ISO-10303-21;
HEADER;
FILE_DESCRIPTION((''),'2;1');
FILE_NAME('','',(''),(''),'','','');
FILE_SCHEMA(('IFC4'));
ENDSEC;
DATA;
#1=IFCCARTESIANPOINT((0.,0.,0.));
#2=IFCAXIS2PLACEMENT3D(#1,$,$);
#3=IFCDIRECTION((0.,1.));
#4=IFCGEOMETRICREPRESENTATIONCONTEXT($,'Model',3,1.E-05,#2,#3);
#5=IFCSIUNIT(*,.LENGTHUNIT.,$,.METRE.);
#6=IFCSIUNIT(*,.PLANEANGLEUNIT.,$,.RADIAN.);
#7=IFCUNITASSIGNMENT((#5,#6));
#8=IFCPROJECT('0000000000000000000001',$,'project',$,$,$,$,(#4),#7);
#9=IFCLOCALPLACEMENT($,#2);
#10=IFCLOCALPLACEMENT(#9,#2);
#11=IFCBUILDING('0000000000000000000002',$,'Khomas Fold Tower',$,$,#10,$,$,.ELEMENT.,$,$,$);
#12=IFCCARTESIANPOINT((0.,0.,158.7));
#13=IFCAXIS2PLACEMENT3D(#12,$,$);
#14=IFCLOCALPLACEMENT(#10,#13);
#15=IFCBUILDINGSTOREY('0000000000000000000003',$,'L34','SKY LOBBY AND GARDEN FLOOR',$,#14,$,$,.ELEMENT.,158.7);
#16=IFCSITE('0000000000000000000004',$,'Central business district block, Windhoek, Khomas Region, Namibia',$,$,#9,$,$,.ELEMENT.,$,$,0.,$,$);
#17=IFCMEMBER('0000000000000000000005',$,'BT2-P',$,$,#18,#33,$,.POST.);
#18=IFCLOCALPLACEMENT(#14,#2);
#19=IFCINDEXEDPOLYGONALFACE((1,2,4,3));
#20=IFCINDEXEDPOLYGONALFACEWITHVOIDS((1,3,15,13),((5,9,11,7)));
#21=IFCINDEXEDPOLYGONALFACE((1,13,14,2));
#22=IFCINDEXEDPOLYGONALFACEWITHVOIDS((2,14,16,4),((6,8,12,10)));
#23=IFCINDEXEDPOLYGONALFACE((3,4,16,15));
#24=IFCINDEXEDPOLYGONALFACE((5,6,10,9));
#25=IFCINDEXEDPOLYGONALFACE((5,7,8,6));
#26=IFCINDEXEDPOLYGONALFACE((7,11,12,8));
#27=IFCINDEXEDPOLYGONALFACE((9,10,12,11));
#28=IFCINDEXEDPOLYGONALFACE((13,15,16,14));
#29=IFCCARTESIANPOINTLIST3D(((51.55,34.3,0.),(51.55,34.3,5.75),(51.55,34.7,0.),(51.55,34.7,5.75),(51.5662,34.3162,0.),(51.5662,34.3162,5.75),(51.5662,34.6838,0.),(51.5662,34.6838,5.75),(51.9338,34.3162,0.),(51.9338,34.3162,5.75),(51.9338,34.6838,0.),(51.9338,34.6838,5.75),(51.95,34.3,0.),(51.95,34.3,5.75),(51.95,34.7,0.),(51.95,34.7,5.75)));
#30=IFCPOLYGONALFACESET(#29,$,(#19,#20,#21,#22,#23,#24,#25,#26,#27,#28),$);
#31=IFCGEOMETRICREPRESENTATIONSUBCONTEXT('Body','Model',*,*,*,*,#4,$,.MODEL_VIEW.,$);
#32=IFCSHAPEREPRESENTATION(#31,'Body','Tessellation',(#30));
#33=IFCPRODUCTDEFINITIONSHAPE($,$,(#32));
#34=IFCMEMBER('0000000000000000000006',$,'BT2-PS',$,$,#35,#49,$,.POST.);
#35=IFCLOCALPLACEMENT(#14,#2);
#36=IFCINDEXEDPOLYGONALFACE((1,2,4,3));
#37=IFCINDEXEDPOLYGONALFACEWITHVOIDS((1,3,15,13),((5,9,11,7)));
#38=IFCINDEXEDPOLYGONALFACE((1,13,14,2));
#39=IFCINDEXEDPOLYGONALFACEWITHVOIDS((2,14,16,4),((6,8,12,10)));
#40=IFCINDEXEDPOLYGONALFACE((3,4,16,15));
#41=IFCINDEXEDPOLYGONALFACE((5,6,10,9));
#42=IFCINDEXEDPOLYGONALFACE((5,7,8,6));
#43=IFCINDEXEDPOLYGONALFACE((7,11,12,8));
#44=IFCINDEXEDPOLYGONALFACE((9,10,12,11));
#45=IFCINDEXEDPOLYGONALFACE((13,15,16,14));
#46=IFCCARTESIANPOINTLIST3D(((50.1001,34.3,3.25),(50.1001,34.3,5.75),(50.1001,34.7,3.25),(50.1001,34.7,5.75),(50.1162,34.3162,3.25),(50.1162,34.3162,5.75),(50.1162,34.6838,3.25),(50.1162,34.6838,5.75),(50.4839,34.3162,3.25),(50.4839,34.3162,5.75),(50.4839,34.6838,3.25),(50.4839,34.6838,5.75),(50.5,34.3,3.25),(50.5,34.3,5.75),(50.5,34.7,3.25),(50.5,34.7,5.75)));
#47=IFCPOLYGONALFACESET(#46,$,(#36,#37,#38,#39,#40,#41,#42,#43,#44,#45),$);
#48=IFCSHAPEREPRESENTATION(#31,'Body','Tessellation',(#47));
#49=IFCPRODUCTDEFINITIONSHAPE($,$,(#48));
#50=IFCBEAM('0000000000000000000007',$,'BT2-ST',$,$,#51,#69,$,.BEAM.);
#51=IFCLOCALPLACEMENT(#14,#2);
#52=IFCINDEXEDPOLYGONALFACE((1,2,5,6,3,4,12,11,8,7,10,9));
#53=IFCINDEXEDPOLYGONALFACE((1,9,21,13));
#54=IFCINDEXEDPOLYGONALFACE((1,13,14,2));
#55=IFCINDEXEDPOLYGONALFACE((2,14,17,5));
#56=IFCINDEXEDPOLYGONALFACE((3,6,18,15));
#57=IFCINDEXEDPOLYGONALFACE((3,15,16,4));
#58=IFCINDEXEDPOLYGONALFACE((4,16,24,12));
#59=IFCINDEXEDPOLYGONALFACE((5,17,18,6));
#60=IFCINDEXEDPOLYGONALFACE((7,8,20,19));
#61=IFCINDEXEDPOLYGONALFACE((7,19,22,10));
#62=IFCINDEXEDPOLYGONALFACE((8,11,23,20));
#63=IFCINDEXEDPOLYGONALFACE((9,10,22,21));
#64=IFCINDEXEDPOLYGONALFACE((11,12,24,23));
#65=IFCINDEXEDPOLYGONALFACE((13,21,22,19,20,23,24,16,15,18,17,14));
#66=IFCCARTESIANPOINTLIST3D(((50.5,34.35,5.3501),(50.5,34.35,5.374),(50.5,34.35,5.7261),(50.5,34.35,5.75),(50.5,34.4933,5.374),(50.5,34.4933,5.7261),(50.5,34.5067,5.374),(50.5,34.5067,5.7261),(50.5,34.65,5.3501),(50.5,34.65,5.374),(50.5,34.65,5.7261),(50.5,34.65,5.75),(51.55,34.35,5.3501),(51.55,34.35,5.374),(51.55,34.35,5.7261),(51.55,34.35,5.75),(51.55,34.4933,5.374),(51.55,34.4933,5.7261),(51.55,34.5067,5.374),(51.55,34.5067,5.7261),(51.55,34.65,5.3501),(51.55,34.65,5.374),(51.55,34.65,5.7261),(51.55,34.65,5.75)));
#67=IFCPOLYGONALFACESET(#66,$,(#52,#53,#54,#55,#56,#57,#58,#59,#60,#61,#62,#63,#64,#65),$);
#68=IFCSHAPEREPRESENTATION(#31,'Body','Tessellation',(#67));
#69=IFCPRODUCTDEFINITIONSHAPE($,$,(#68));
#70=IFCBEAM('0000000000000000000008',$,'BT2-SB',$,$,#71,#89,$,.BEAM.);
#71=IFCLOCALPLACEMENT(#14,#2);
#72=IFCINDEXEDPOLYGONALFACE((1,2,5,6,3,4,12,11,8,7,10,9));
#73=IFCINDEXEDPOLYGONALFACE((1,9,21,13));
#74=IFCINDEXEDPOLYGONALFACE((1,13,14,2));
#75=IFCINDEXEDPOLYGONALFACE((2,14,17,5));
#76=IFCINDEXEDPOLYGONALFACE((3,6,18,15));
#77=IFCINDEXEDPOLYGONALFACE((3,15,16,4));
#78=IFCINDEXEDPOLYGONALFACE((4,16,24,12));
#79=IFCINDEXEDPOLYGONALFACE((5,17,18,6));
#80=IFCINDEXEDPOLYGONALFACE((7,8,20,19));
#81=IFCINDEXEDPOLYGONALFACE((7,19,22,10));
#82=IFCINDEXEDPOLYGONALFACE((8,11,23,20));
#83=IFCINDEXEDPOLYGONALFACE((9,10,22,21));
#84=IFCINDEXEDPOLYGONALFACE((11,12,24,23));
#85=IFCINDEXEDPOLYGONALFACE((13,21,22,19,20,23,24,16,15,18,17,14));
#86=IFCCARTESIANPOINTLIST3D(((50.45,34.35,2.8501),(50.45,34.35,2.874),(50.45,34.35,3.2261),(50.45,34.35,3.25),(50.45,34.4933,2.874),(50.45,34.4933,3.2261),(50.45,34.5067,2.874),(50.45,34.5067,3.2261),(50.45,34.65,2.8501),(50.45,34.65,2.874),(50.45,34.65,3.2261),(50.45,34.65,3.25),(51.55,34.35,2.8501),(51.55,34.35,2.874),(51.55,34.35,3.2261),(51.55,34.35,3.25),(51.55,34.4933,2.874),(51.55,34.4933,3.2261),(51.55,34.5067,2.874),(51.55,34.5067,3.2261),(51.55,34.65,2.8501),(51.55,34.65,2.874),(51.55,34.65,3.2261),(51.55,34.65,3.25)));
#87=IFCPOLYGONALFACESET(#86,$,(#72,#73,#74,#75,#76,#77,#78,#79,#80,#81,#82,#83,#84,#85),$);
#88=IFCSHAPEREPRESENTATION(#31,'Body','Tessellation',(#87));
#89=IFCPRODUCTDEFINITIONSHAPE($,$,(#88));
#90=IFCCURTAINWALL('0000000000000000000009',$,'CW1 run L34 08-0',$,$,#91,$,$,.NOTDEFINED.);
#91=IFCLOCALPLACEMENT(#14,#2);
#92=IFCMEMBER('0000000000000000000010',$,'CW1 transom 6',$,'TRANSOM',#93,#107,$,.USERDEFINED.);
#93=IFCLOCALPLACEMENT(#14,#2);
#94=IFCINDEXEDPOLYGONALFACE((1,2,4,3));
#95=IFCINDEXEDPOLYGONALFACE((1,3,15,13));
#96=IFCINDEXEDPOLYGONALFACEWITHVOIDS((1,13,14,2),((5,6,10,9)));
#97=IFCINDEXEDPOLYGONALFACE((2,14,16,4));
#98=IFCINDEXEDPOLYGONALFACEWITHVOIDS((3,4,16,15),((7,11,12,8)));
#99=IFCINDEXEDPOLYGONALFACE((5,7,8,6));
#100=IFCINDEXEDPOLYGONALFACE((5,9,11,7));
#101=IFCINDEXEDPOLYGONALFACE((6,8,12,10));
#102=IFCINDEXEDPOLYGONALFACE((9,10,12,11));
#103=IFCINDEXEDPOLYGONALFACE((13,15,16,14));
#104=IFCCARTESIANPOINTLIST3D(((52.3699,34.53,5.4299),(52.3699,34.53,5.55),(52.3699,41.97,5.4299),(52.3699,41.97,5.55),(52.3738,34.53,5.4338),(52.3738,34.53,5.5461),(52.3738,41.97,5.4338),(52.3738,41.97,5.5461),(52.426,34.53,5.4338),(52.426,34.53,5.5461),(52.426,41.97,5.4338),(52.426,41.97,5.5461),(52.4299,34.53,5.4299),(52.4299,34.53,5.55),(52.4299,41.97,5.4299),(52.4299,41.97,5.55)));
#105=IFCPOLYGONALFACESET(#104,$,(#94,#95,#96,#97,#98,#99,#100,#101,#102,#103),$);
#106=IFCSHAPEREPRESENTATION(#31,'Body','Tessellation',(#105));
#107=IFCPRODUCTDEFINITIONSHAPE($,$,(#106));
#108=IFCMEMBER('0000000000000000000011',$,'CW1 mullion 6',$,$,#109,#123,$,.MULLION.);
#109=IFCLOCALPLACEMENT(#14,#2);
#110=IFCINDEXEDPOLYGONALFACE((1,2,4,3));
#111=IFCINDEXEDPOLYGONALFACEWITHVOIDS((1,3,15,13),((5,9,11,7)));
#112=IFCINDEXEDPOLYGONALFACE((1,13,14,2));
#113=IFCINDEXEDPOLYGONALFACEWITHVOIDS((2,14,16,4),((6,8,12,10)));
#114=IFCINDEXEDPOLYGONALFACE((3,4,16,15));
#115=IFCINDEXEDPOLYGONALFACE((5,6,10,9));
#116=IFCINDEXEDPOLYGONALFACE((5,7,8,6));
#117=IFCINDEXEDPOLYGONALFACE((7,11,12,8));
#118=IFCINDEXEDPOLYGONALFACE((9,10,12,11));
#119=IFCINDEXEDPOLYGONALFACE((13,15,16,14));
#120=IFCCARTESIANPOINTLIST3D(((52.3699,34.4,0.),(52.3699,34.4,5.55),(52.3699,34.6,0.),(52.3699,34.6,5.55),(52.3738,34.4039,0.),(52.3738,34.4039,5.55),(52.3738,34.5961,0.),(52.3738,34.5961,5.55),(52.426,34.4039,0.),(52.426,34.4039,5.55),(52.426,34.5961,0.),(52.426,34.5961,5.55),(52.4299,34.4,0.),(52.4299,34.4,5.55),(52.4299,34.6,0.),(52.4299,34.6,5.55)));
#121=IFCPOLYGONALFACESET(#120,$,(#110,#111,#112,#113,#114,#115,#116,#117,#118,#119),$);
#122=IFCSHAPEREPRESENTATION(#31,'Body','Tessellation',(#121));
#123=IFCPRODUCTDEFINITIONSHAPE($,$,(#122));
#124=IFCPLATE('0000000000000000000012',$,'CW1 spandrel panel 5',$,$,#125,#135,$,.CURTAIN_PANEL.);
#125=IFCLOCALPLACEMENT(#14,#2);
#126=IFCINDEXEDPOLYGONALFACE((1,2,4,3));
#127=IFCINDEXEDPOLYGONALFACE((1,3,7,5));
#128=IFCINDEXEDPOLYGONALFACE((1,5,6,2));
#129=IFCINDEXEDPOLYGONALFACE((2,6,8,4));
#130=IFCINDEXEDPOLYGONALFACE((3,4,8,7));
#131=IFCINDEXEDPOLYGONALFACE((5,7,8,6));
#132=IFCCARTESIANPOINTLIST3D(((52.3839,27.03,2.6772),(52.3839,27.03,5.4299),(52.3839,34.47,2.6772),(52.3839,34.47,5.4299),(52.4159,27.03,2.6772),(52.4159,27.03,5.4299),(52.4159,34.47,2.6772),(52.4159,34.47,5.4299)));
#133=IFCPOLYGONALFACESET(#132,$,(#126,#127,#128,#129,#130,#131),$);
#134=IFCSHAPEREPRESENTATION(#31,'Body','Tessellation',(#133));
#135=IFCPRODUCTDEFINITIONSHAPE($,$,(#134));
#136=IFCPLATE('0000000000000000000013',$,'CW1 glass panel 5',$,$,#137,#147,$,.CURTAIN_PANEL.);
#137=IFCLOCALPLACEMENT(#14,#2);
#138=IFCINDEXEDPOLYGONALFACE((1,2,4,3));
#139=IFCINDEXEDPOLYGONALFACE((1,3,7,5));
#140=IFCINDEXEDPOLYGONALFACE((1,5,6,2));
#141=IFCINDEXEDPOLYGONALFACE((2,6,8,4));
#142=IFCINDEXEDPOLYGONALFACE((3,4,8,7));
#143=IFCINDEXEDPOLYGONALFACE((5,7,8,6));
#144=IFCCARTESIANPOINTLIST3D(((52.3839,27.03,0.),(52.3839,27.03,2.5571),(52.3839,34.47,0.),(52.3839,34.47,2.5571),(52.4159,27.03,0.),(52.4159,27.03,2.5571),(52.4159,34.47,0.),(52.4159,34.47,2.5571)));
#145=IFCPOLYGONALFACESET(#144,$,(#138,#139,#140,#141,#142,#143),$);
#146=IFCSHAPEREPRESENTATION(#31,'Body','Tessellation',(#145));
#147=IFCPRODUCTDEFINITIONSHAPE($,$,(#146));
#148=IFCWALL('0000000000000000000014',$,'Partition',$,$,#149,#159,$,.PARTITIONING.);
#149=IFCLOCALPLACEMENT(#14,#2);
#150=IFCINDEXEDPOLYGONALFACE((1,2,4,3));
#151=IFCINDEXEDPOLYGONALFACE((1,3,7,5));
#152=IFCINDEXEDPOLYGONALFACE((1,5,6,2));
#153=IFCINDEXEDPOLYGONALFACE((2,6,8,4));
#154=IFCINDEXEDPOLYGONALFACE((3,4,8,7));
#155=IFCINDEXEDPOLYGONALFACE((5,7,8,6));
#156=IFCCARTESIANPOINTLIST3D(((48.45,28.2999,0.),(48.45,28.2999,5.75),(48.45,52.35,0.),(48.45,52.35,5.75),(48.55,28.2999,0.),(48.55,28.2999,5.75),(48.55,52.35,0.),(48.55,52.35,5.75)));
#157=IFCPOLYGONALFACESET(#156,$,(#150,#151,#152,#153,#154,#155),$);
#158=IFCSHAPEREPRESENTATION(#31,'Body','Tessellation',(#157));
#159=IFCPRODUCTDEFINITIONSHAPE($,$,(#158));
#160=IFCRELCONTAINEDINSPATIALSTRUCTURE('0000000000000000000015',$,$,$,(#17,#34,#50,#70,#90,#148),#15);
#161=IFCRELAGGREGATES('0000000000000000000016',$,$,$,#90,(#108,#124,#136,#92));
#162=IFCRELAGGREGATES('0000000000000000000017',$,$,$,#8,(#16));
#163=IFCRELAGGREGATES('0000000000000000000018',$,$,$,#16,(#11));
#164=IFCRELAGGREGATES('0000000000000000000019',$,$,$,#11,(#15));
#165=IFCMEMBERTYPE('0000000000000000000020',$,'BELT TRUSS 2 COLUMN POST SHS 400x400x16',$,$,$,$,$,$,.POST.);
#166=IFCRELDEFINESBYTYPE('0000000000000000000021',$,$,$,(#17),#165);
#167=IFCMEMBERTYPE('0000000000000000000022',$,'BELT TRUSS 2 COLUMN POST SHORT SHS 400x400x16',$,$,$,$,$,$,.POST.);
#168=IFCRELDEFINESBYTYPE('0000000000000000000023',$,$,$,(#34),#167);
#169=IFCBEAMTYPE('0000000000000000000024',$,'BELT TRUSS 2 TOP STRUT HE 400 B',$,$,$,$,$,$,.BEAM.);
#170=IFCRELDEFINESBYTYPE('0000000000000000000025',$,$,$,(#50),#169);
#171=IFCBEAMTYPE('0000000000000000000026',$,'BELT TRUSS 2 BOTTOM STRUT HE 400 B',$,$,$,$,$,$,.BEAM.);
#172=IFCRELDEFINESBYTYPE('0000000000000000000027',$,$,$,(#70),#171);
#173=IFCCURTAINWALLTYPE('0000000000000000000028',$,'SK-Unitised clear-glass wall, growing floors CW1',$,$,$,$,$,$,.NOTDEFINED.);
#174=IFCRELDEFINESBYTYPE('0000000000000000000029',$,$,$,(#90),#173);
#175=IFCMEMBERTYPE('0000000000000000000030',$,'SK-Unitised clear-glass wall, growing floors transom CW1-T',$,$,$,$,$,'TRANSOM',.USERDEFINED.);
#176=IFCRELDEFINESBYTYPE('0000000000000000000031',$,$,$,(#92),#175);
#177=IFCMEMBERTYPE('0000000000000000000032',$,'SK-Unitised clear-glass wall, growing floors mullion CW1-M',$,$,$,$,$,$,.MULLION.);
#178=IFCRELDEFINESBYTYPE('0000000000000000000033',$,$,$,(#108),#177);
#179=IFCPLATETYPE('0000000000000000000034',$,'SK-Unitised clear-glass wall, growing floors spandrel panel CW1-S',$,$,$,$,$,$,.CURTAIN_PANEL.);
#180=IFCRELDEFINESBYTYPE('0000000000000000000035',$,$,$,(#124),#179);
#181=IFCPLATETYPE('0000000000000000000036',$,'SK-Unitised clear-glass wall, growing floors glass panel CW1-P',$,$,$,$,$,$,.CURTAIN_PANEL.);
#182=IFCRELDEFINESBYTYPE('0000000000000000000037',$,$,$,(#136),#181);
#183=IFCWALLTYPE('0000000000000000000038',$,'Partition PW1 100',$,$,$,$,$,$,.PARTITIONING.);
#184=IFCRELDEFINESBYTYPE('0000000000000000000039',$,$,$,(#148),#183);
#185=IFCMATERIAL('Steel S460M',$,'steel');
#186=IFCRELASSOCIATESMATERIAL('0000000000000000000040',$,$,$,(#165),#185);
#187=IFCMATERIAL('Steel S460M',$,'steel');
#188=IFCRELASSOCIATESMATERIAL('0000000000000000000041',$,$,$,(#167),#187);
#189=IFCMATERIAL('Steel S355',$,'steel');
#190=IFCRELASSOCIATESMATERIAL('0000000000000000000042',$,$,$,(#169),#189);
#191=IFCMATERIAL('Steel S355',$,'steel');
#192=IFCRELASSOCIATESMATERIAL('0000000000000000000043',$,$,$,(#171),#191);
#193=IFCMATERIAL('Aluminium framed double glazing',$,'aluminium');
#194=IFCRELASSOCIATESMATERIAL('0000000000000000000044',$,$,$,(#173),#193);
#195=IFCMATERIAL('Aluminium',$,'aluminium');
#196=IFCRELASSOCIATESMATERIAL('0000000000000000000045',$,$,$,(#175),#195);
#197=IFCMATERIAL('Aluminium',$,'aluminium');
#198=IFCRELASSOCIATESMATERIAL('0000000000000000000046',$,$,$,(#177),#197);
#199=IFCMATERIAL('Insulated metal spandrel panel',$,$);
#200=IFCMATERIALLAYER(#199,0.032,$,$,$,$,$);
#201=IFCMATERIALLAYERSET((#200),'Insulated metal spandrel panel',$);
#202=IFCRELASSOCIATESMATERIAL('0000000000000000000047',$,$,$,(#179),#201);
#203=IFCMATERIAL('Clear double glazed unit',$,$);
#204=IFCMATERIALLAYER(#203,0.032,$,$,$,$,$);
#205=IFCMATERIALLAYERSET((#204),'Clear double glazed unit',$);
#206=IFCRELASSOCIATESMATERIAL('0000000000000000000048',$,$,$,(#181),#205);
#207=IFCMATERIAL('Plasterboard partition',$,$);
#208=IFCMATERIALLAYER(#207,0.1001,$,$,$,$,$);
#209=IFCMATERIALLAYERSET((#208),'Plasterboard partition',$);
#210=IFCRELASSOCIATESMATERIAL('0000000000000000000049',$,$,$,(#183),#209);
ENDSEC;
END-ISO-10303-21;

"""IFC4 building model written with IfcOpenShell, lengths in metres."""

from ifc_helpers import new_model, si_unit, direction, frame, frame_2d, origin, origin_2d, place, context, subcontext, project, spatial, rectangle, hollow_rectangle, i_section, extrude, source, transform, mapped, material, layer, layer_set, material_profile, profile_set, type_object, element, aggregate, save


model = new_model("IFC4")

# Units and contexts
model_context = context("Model", 3, precision=1e-05, world=origin(), true_north=direction((0.0, 1.0)))
body_context = subcontext(model_context, "Body", "Model", "MODEL_VIEW")
ifc_project = project(units=[si_unit("LENGTHUNIT", "METRE"), si_unit("PLANEANGLEUNIT", "RADIAN")], contexts=[model_context])

# Site, building, storey
site_placement = place(None, origin())
site = spatial("IfcSite", under=ifc_project, at=site_placement, Name="Central business district block, Windhoek, Khomas Region, Namibia", CompositionType="ELEMENT", RefElevation=0.0)
building_placement = place(site_placement, origin())
building = spatial("IfcBuilding", under=site, at=building_placement, Name="Khomas Fold Tower", CompositionType="ELEMENT")
storey_placement = place(building_placement, frame((0.0, 0.0, 158.7)))
storey = spatial("IfcBuildingStorey", under=building, at=storey_placement, Name="L34", Description="SKY LOBBY AND GARDEN FLOOR", CompositionType="ELEMENT", Elevation=158.7)

# Members
ifc_material_1 = material(Name="Steel S460M", Category="steel")
ifc_material_profile_1 = material_profile(ifc_material_1, hollow_rectangle(XDim=0.3999, YDim=0.3999, WallThickness=0.0161, at=origin_2d()), Name="SHS 400x400x16")
ifc_profile_set_1 = profile_set([ifc_material_profile_1], Name="Steel S460M")
member_type_1 = type_object("IfcMemberType", Name="BELT TRUSS 2 COLUMN POST SHS 400x400x16", PredefinedType="POST", material=ifc_profile_set_1)
shared_shape_1 = source(origin(), body_context, "Body", "SweptSolid", [
    extrude(hollow_rectangle(XDim=0.3999, YDim=0.3999, WallThickness=0.0161, at=origin_2d()), origin(), (0.0, 0.0, 1.0), 5.75),
])
member_1_placement = place(storey_placement, frame((51.75, 34.5, 0.0), z_axis=(0.0, 0.0, 1.0), x_axis=(1.0, 0.0, 0.0)))
element("IfcMember", 1, at=member_1_placement, inside=storey, type_object=member_type_1, Name="BT2-P", PredefinedType="POST", context=body_context, shape_type="MappedRepresentation", body=[
    mapped(shared_shape_1, transform((0.0, 0.0, 0.0))),
])
ifc_material_2 = material(Name="Steel S460M", Category="steel")
ifc_material_profile_2 = material_profile(ifc_material_2, hollow_rectangle(XDim=0.3999, YDim=0.3999, WallThickness=0.0161, at=origin_2d()), Name="SHS 400x400x16")
ifc_profile_set_2 = profile_set([ifc_material_profile_2], Name="Steel S460M")
member_type_2 = type_object("IfcMemberType", Name="BELT TRUSS 2 COLUMN POST SHORT SHS 400x400x16", PredefinedType="POST", material=ifc_profile_set_2)
shared_shape_2 = source(origin(), body_context, "Body", "SweptSolid", [
    extrude(hollow_rectangle(XDim=0.3999, YDim=0.3999, WallThickness=0.0161, at=origin_2d()), origin(), (0.0, 0.0, 1.0), 2.5),
])
member_2_placement = place(storey_placement, frame((50.3, 34.5, 3.25), z_axis=(0.0, 0.0, 1.0), x_axis=(1.0, 0.0, 0.0)))
element("IfcMember", 2, at=member_2_placement, inside=storey, type_object=member_type_2, Name="BT2-PS", PredefinedType="POST", context=body_context, shape_type="MappedRepresentation", body=[
    mapped(shared_shape_2, transform((0.0, 0.0, 0.0))),
])

# Beams
ifc_material_3 = material(Name="Steel S355", Category="steel")
ifc_material_profile_3 = material_profile(ifc_material_3, i_section(OverallWidth=0.3, OverallDepth=0.3999, WebThickness=0.0134, FlangeThickness=0.0239, at=origin_2d()), Name="HE 400 B")
ifc_profile_set_3 = profile_set([ifc_material_profile_3], Name="Steel S355")
beam_type_1 = type_object("IfcBeamType", Name="BELT TRUSS 2 TOP STRUT HE 400 B", PredefinedType="BEAM", material=ifc_profile_set_3)
shared_shape_3 = source(origin(), body_context, "Body", "SweptSolid", [
    extrude(i_section(OverallWidth=0.3, OverallDepth=0.3999, WebThickness=0.0134, FlangeThickness=0.0239, at=origin_2d()), origin(), (0.0, 0.0, 1.0), 1.05),
])
beam_1_placement = place(storey_placement, frame((50.5, 34.5, 5.55), z_axis=(1.0, 0.0, 0.0), x_axis=(0.0, 1.0, 0.0)))
element("IfcBeam", 3, at=beam_1_placement, inside=storey, type_object=beam_type_1, Name="BT2-ST", PredefinedType="BEAM", context=body_context, shape_type="MappedRepresentation", body=[
    mapped(shared_shape_3, transform((0.0, 0.0, 0.0))),
])
ifc_material_4 = material(Name="Steel S355", Category="steel")
ifc_material_profile_4 = material_profile(ifc_material_4, i_section(OverallWidth=0.3, OverallDepth=0.3999, WebThickness=0.0134, FlangeThickness=0.0239, at=origin_2d()), Name="HE 400 B")
ifc_profile_set_4 = profile_set([ifc_material_profile_4], Name="Steel S355")
beam_type_2 = type_object("IfcBeamType", Name="BELT TRUSS 2 BOTTOM STRUT HE 400 B", PredefinedType="BEAM", material=ifc_profile_set_4)
shared_shape_4 = source(origin(), body_context, "Body", "SweptSolid", [
    extrude(i_section(OverallWidth=0.3, OverallDepth=0.3999, WebThickness=0.0134, FlangeThickness=0.0239, at=origin_2d()), origin(), (0.0, 0.0, 1.0), 1.1001),
])
beam_2_placement = place(storey_placement, frame((50.45, 34.5, 3.05), z_axis=(1.0, 0.0, 0.0), x_axis=(0.0, 1.0, 0.0)))
element("IfcBeam", 4, at=beam_2_placement, inside=storey, type_object=beam_type_2, Name="BT2-SB", PredefinedType="BEAM", context=body_context, shape_type="MappedRepresentation", body=[
    mapped(shared_shape_4, transform((0.0, 0.0, 0.0))),
])

# Curtain wall, members, plates
ifc_material_5 = material(Name="Aluminium framed double glazing", Category="aluminium")
curtain_wall_type = type_object("IfcCurtainWallType", Name="SK-Unitised clear-glass wall, growing floors CW1", PredefinedType="NOTDEFINED", material=ifc_material_5)
curtain_wall_placement = place(storey_placement, origin())
curtain_wall = element("IfcCurtainWall", 5, at=curtain_wall_placement, inside=storey, type_object=curtain_wall_type, Name="CW1 run L34 08-0", PredefinedType="NOTDEFINED")
ifc_material_6 = material(Name="Aluminium", Category="aluminium")
ifc_material_profile_5 = material_profile(ifc_material_6, hollow_rectangle(XDim=0.0601, YDim=0.1201, WallThickness=0.0039, at=origin_2d()), Name="SK-Unitised clear-glass wall, growing floors transom CW1-T")
ifc_profile_set_5 = profile_set([ifc_material_profile_5], Name="Aluminium")
member_type_3 = type_object("IfcMemberType", Name="SK-Unitised clear-glass wall, growing floors transom CW1-T", ElementType="TRANSOM", PredefinedType="USERDEFINED", material=ifc_profile_set_5)
shared_shape_5 = source(origin(), body_context, "Body", "SweptSolid", [
    extrude(hollow_rectangle(XDim=0.0601, YDim=0.1201, WallThickness=0.0039, at=origin_2d()), origin(), (0.0, 0.0, 1.0), 7.4399),
])
member_3_placement = place(storey_placement, frame((52.3999, 34.53, 5.49), z_axis=(0.0, 1.0, 0.0), x_axis=(-1.0, 0.0, 0.0)))
member_3 = element("IfcMember", 6, at=member_3_placement, type_object=member_type_3, Name="CW1 transom 6", ObjectType="TRANSOM", PredefinedType="USERDEFINED", context=body_context, shape_type="MappedRepresentation", body=[
    mapped(shared_shape_5, transform((0.0, 0.0, 0.0))),
])
ifc_material_7 = material(Name="Aluminium", Category="aluminium")
ifc_material_profile_6 = material_profile(ifc_material_7, hollow_rectangle(XDim=0.0601, YDim=0.2, WallThickness=0.0039, at=origin_2d()), Name="SK-Unitised clear-glass wall, growing floors mullion CW1-M")
ifc_profile_set_6 = profile_set([ifc_material_profile_6], Name="Aluminium")
member_type_4 = type_object("IfcMemberType", Name="SK-Unitised clear-glass wall, growing floors mullion CW1-M", PredefinedType="MULLION", material=ifc_profile_set_6)
shared_shape_6 = source(origin(), body_context, "Body", "SweptSolid", [
    extrude(hollow_rectangle(XDim=0.0601, YDim=0.2, WallThickness=0.0039, at=origin_2d()), origin(), (0.0, 0.0, 1.0), 5.55),
])
member_4_placement = place(storey_placement, frame((52.3999, 34.5, 0.0), z_axis=(0.0, 0.0, 1.0), x_axis=(-1.0, 0.0, 0.0)))
member_4 = element("IfcMember", 7, at=member_4_placement, type_object=member_type_4, Name="CW1 mullion 6", PredefinedType="MULLION", context=body_context, shape_type="MappedRepresentation", body=[
    mapped(shared_shape_6, transform((0.0, 0.0, 0.0))),
])
ifc_material_8 = material(Name="Insulated metal spandrel panel")
ifc_layer_1 = layer(ifc_material_8, 0.032)
ifc_layer_set_1 = layer_set([ifc_layer_1], Name="Insulated metal spandrel panel")
plate_type_1 = type_object("IfcPlateType", Name="SK-Unitised clear-glass wall, growing floors spandrel panel CW1-S", PredefinedType="CURTAIN_PANEL", material=ifc_layer_set_1)
shared_shape_7 = source(origin(), body_context, "Body", "SweptSolid", [
    extrude(rectangle(XDim=7.4399, YDim=0.032, at=origin_2d()), origin(), (0.0, 0.0, 1.0), 2.7527),
])
plate_1_placement = place(storey_placement, frame((52.3999, 30.75, 2.6772), z_axis=(0.0, 0.0, 1.0), x_axis=(0.0, 1.0, 0.0)))
plate_1 = element("IfcPlate", 8, at=plate_1_placement, type_object=plate_type_1, Name="CW1 spandrel panel 5", PredefinedType="CURTAIN_PANEL", context=body_context, shape_type="MappedRepresentation", body=[
    mapped(shared_shape_7, transform((0.0, 0.0, 0.0))),
])
ifc_material_9 = material(Name="Clear double glazed unit")
ifc_layer_2 = layer(ifc_material_9, 0.032)
ifc_layer_set_2 = layer_set([ifc_layer_2], Name="Clear double glazed unit")
plate_type_2 = type_object("IfcPlateType", Name="SK-Unitised clear-glass wall, growing floors glass panel CW1-P", PredefinedType="CURTAIN_PANEL", material=ifc_layer_set_2)
shared_shape_8 = source(origin(), body_context, "Body", "SweptSolid", [
    extrude(rectangle(XDim=7.4399, YDim=0.032, at=origin_2d()), origin(), (0.0, 0.0, 1.0), 2.5571),
])
plate_2_placement = place(storey_placement, frame((52.3999, 30.75, 0.0), z_axis=(0.0, 0.0, 1.0), x_axis=(0.0, 1.0, 0.0)))
plate_2 = element("IfcPlate", 9, at=plate_2_placement, type_object=plate_type_2, Name="CW1 glass panel 5", PredefinedType="CURTAIN_PANEL", context=body_context, shape_type="MappedRepresentation", body=[
    mapped(shared_shape_8, transform((0.0, 0.0, 0.0))),
])
aggregate(curtain_wall, [member_4, plate_1, plate_2, member_3])

# Wall
ifc_material_10 = material(Name="Plasterboard partition")
ifc_layer_3 = layer(ifc_material_10, 0.1001)
ifc_layer_set_3 = layer_set([ifc_layer_3], Name="Plasterboard partition")
wall_type = type_object("IfcWallType", Name="Partition PW1 100", PredefinedType="PARTITIONING", material=ifc_layer_set_3)
shared_shape_9 = source(origin(), body_context, "Body", "SweptSolid", [
    extrude(rectangle(XDim=24.05, YDim=0.1001, at=frame_2d((12.0249, 0.0))), origin(), (0.0, 0.0, 1.0), 5.75),
])
wall_placement = place(storey_placement, frame((48.5, 28.3, 0.0), z_axis=(0.0, 0.0, 1.0), x_axis=(0.0, 1.0, 0.0)))
element("IfcWall", 10, at=wall_placement, inside=storey, type_object=wall_type, Name="Partition", PredefinedType="PARTITIONING", context=body_context, shape_type="MappedRepresentation", body=[
    mapped(shared_shape_9, transform((0.0, 0.0, 0.0))),
])

save(model, "model.ifc")
